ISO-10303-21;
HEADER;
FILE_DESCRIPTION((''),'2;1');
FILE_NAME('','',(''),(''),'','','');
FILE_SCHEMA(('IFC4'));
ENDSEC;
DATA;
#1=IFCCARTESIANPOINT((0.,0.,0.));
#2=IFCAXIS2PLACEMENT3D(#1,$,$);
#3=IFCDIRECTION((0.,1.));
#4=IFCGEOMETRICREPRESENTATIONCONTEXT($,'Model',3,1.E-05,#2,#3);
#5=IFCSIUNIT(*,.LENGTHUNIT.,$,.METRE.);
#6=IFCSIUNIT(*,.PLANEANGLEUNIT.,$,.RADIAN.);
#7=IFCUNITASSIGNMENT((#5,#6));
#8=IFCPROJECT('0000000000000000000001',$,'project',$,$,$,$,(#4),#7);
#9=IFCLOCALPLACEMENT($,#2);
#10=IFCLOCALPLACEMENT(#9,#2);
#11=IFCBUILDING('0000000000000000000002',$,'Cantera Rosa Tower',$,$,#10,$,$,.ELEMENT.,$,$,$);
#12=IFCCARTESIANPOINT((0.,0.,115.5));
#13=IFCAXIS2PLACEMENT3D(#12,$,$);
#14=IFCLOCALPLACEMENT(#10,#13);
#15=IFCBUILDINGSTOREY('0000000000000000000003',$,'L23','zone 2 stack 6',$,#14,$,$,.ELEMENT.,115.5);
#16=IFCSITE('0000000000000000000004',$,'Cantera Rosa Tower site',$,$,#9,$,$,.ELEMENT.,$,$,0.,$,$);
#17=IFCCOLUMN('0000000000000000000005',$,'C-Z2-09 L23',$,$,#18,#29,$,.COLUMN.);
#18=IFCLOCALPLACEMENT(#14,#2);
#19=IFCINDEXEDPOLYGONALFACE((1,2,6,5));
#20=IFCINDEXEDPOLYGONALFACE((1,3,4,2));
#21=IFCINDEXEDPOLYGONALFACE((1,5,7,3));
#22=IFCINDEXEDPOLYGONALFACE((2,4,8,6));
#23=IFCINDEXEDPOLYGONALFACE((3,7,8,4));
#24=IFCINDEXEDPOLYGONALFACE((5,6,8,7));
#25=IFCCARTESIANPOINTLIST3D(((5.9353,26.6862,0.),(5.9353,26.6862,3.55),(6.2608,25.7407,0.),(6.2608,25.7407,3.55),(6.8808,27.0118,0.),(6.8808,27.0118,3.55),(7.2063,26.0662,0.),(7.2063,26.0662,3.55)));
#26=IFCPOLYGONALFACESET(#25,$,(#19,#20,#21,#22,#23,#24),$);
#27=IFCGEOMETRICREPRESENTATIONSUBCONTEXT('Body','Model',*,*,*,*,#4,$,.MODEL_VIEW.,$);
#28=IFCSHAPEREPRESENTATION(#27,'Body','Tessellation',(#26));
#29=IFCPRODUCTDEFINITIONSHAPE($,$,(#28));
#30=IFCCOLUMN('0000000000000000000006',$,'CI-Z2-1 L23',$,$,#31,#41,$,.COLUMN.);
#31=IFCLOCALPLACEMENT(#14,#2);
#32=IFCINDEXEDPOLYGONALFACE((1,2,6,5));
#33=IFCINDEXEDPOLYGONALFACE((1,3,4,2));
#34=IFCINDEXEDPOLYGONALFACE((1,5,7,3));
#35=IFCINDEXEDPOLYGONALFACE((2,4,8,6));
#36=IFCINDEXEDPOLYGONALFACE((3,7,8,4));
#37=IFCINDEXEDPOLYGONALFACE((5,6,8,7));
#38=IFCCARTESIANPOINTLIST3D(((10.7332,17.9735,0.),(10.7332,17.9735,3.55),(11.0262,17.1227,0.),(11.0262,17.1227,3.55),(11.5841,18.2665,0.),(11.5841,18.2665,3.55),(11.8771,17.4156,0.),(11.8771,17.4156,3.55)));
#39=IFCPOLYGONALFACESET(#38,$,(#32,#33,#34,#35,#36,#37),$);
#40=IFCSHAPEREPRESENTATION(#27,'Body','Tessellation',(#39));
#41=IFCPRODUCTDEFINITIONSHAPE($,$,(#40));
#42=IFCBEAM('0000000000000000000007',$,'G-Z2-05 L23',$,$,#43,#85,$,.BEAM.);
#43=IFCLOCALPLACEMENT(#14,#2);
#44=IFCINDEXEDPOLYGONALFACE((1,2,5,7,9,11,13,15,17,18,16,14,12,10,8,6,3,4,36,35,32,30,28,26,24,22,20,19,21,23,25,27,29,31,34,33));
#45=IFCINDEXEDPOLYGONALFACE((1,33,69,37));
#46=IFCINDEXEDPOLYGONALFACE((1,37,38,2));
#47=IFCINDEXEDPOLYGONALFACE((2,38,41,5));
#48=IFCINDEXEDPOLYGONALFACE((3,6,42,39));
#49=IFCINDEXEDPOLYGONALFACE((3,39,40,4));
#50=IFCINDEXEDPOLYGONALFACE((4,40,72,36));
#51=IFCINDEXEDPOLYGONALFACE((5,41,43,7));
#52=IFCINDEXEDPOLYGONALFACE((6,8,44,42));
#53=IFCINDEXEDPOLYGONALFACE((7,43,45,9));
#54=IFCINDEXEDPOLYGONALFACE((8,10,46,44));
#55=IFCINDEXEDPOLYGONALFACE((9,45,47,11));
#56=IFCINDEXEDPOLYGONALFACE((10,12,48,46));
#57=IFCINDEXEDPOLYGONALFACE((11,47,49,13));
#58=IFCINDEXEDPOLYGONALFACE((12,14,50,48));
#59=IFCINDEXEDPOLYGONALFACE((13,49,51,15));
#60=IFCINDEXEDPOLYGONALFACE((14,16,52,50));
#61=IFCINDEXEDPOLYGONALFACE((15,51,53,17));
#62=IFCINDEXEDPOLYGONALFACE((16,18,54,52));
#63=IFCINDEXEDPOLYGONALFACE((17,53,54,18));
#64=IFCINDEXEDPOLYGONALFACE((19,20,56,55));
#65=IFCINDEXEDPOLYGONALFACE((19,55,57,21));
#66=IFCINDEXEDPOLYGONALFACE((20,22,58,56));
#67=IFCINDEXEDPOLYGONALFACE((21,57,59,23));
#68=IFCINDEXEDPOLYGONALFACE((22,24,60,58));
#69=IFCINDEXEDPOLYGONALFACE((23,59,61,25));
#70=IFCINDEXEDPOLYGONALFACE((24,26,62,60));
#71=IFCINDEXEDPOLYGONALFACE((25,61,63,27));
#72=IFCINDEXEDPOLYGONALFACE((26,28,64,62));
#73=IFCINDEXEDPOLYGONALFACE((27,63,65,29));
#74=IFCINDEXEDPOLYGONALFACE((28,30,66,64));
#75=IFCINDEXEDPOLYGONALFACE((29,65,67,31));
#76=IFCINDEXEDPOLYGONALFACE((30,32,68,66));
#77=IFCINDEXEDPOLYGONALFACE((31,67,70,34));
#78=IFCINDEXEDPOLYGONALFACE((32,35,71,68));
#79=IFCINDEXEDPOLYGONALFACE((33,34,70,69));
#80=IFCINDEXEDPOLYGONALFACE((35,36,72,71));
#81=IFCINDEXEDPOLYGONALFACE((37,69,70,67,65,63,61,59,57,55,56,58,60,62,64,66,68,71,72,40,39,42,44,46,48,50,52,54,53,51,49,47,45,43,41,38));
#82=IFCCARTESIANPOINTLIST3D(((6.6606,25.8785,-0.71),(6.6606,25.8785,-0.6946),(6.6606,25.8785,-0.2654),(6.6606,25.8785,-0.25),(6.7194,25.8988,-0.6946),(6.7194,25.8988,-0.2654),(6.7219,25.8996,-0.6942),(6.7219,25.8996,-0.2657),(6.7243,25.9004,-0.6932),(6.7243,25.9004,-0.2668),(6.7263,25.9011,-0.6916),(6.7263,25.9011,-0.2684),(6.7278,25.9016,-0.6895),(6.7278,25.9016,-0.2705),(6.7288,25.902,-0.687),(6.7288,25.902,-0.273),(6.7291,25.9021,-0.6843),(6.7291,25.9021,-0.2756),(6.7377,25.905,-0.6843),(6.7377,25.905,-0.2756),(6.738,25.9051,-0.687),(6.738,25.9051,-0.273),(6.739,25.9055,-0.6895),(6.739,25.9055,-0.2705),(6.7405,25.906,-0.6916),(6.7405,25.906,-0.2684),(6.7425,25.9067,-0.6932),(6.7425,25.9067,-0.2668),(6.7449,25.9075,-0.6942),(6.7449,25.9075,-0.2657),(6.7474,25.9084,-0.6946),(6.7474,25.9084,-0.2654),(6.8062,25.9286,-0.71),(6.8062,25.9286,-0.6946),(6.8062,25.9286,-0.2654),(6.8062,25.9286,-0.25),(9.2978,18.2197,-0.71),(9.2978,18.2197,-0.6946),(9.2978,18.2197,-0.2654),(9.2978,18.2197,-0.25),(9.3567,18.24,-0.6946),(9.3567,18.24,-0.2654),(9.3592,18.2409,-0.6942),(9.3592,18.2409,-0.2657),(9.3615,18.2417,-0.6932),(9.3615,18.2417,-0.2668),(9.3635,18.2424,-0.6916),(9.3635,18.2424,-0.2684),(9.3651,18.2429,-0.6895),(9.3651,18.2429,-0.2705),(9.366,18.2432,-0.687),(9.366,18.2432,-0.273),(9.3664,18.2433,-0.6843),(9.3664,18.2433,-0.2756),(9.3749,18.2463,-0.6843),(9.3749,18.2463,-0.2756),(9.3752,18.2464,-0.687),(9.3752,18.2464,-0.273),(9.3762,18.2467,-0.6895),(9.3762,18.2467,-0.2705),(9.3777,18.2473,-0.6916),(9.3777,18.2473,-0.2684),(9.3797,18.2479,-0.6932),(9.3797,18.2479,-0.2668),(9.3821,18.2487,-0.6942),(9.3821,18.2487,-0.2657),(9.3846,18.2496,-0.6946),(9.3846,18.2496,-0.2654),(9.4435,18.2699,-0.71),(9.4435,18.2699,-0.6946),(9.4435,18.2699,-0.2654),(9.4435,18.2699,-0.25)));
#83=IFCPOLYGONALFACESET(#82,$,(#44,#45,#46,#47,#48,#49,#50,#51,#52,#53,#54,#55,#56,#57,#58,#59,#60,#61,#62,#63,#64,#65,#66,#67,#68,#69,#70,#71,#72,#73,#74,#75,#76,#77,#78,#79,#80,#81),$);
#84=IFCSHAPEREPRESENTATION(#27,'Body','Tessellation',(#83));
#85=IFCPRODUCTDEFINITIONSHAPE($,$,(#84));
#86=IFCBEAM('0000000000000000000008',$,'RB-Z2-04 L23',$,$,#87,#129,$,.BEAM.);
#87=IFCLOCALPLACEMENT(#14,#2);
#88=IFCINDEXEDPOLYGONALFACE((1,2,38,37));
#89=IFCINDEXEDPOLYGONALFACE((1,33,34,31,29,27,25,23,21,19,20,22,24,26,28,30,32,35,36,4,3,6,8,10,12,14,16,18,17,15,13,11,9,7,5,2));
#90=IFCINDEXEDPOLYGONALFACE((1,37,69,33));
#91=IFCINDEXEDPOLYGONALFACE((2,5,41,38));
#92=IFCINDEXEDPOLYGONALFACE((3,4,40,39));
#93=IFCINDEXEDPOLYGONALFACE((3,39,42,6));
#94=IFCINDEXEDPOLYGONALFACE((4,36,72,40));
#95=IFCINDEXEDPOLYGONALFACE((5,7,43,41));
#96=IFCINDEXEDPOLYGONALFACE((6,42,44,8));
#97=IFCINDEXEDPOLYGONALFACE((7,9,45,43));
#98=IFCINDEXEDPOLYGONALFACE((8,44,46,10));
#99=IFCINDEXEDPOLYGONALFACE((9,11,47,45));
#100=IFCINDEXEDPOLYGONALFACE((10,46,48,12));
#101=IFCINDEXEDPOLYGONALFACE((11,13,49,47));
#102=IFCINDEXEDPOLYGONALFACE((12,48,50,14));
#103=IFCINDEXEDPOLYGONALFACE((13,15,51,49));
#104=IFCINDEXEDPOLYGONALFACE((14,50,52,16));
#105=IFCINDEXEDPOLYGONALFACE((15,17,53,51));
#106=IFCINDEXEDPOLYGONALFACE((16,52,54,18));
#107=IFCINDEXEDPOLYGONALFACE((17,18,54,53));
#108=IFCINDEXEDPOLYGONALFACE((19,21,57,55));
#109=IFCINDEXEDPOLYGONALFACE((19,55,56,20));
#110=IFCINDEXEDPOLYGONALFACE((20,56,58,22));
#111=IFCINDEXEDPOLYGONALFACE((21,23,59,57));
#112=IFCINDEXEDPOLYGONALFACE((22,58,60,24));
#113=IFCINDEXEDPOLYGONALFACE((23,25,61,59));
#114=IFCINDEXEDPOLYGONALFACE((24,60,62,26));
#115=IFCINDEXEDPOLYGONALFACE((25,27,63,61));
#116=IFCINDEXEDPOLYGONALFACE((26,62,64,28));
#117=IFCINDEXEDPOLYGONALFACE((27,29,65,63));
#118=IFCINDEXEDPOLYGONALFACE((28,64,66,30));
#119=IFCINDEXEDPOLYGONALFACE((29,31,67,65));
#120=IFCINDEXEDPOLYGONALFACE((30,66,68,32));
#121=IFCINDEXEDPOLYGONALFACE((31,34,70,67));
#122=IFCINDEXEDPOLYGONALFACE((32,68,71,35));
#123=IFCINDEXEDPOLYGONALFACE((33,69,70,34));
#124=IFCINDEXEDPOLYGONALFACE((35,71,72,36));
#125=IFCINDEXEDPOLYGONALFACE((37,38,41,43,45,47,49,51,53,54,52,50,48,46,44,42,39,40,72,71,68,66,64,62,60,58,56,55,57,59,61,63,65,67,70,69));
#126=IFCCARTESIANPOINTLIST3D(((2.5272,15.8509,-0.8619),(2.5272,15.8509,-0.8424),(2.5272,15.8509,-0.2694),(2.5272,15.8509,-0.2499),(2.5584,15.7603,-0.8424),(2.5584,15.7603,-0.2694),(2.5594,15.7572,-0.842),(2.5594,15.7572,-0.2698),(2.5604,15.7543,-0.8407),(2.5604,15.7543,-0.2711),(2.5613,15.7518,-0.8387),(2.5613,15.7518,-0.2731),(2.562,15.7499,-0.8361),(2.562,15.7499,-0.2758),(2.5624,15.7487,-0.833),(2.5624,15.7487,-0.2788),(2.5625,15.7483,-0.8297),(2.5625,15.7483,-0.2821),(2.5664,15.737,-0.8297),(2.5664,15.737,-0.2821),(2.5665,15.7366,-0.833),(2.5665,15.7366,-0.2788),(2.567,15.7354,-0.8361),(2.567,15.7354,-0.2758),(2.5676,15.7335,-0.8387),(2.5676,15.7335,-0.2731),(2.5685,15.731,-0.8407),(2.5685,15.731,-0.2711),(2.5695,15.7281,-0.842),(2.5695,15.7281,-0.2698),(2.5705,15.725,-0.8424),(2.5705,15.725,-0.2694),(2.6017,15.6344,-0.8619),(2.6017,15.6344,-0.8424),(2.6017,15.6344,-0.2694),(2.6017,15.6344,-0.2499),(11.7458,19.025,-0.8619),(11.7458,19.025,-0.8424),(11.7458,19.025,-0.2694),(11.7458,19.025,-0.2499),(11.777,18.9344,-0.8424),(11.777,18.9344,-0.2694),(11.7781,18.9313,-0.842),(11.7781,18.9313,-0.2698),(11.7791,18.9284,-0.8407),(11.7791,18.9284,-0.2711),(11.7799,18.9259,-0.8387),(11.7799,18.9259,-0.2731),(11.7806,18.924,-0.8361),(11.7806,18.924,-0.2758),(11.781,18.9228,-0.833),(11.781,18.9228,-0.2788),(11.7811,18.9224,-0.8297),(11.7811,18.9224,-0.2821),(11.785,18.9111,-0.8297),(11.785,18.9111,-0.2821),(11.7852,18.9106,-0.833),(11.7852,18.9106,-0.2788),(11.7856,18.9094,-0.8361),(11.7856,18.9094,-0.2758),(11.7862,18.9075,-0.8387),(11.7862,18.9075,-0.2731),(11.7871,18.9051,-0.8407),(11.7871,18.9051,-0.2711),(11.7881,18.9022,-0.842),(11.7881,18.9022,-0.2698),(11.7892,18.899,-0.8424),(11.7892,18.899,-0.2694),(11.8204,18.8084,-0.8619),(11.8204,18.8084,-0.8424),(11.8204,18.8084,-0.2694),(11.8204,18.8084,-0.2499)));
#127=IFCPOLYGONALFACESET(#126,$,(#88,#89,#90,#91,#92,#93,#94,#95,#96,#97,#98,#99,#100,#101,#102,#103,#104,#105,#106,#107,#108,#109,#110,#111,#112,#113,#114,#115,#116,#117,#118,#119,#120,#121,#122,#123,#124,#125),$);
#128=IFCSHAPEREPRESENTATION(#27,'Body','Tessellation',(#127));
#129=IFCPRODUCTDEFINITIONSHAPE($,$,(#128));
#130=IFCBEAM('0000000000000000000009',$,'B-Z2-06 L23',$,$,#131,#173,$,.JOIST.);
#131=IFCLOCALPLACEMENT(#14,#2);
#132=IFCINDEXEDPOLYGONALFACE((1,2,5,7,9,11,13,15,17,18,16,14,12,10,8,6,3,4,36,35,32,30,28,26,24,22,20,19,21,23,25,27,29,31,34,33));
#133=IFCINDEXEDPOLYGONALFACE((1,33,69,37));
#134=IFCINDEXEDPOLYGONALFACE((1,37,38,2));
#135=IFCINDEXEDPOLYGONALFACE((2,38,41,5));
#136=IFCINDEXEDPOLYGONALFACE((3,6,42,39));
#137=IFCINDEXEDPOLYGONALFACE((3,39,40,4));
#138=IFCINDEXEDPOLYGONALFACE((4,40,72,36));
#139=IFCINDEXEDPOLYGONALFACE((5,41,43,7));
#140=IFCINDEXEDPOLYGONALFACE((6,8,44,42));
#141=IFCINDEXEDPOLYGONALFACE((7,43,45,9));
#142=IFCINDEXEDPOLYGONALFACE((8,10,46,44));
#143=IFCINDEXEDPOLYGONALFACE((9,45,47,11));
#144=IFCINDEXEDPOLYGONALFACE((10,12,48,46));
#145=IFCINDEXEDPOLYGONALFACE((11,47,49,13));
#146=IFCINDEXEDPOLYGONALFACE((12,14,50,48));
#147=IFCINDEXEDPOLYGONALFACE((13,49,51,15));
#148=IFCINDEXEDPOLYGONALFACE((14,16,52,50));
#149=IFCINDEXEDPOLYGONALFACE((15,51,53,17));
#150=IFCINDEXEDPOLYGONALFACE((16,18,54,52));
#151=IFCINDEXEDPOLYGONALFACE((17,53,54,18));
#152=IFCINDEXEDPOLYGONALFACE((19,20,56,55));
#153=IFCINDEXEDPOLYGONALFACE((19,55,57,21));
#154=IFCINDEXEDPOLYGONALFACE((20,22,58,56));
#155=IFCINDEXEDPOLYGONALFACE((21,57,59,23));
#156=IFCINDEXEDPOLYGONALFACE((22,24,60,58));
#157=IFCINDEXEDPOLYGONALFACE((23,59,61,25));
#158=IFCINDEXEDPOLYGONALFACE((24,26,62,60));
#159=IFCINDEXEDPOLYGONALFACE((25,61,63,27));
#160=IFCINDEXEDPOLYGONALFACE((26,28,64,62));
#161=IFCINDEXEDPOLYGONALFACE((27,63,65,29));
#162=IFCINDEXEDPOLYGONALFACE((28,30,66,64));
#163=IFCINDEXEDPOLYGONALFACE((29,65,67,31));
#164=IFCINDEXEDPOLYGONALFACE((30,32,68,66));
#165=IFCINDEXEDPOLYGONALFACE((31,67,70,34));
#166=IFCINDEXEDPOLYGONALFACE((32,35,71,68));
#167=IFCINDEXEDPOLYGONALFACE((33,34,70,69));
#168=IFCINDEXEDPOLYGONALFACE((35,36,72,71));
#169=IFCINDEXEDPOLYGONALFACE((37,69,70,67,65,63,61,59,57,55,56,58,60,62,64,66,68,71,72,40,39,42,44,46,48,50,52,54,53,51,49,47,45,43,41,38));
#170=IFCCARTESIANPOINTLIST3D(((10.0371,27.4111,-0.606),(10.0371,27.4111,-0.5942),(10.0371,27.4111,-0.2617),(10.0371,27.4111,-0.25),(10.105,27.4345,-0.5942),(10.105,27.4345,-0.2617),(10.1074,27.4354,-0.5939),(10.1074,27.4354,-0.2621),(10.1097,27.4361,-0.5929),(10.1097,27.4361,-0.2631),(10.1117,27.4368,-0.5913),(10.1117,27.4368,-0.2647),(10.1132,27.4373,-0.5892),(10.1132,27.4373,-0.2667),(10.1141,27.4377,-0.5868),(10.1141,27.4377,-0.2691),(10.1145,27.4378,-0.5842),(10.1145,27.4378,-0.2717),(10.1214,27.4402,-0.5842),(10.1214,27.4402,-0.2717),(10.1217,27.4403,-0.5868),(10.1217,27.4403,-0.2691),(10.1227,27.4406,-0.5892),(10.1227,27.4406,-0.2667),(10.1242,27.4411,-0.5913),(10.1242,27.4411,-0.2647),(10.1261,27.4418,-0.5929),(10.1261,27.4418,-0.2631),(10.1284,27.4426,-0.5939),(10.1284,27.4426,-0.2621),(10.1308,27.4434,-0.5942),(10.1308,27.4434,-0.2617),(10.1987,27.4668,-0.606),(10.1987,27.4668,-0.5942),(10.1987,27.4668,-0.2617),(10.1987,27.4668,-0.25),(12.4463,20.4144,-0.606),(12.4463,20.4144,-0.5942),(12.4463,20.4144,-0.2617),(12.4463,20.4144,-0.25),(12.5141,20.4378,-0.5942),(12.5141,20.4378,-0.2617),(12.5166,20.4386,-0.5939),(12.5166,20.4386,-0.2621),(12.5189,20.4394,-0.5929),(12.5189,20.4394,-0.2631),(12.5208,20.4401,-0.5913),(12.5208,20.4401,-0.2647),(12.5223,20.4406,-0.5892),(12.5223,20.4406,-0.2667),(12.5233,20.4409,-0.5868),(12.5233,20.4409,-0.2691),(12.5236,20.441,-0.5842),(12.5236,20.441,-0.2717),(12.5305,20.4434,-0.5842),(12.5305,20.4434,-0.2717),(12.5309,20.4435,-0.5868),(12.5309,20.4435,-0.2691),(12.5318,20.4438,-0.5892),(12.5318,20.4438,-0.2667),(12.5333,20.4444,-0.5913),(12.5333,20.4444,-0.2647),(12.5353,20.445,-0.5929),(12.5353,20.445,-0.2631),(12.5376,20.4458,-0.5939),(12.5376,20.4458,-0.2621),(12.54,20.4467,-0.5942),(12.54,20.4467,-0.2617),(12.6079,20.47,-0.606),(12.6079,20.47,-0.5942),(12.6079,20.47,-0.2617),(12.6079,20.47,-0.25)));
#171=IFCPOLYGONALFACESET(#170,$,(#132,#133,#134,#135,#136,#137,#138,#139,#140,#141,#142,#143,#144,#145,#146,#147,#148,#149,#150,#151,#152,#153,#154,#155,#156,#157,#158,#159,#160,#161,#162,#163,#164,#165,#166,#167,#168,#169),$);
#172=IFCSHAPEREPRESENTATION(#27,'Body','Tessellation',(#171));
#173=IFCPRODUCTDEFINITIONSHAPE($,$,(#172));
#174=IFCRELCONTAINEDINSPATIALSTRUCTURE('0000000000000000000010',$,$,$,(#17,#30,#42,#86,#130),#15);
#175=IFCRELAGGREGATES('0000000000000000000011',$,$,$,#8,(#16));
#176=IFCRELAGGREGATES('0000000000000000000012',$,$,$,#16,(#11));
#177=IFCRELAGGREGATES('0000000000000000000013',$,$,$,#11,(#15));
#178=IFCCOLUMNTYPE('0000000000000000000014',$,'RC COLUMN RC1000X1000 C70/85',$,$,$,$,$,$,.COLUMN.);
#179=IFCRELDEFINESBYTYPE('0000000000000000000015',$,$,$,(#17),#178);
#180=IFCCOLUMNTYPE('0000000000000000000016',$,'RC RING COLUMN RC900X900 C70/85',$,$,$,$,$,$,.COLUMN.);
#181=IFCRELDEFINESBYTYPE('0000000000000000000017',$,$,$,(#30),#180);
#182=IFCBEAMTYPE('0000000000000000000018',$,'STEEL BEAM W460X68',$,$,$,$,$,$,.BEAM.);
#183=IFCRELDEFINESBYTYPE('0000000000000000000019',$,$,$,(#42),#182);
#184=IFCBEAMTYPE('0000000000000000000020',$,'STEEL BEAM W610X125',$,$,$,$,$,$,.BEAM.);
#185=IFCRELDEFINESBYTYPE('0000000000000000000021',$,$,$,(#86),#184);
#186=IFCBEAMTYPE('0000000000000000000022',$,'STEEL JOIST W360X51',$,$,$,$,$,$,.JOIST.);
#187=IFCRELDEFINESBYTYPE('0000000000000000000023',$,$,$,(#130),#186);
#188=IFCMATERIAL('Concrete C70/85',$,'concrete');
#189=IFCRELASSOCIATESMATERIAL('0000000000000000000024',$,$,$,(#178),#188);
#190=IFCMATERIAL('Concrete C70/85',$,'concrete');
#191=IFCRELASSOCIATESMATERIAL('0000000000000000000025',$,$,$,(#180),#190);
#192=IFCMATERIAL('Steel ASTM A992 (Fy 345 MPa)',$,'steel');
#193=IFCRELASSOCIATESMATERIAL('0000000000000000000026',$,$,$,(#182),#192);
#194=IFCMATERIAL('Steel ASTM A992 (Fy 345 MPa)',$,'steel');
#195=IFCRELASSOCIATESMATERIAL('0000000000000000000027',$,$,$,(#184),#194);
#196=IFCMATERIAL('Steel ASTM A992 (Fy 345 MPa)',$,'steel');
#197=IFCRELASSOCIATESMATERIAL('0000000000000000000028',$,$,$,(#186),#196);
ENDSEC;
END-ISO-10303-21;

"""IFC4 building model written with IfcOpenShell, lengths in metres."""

from ifc_helpers import new_model, si_unit, direction, frame, origin, origin_2d, place, context, subcontext, project, spatial, rectangle, i_section, extrude, material, material_profile, profile_set, type_object, element, save


model = new_model("IFC4")

# Units and contexts
model_context = context("Model", 3, precision=1e-05, world=origin(), true_north=direction((0.0, 1.0)))
body_context = subcontext(model_context, "Body", "Model", "MODEL_VIEW")
ifc_project = project(units=[si_unit("LENGTHUNIT", "METRE"), si_unit("PLANEANGLEUNIT", "RADIAN")], contexts=[model_context])

# Site, building, storey
site_placement = place(None, origin())
site = spatial("IfcSite", under=ifc_project, at=site_placement, Name="Cantera Rosa Tower site", CompositionType="ELEMENT", RefElevation=0.0)
building_placement = place(site_placement, origin())
building = spatial("IfcBuilding", under=site, at=building_placement, Name="Cantera Rosa Tower", CompositionType="ELEMENT")
storey_placement = place(building_placement, frame((0.0, 0.0, 115.5)))
storey = spatial("IfcBuildingStorey", under=building, at=storey_placement, Name="L23", Description="zone 2 stack 6", CompositionType="ELEMENT", Elevation=115.5)

# Columns
ifc_material_1 = material(Name="Concrete C70/85", Category="concrete")
ifc_material_profile_1 = material_profile(ifc_material_1, rectangle(XDim=1.0, YDim=1.0, at=origin_2d()), Name="RC COLUMN RC1000X1000 C70/85")
ifc_profile_set_1 = profile_set([ifc_material_profile_1], Name="Concrete C70/85")
column_type_1 = type_object("IfcColumnType", Name="RC COLUMN RC1000X1000 C70/85", PredefinedType="COLUMN", material=ifc_profile_set_1)
column_1_placement = place(storey_placement, frame((6.5708, 26.3762, 0.0), z_axis=(0.0, 0.0, 1.0), x_axis=(0.945519, 0.325568, 0.0)))
element("IfcColumn", 1, at=column_1_placement, inside=storey, type_object=column_type_1, Name="C-Z2-09 L23", PredefinedType="COLUMN", context=body_context, shape_type="SweptSolid", body=[
    extrude(rectangle(XDim=1.0, YDim=1.0, at=origin_2d()), origin(), (0.0, 0.0, 1.0), 3.55),
])
ifc_material_2 = material(Name="Concrete C70/85", Category="concrete")
ifc_material_profile_2 = material_profile(ifc_material_2, rectangle(XDim=0.8999, YDim=0.8999, at=origin_2d()), Name="RC RING COLUMN RC900X900 C70/85")
ifc_profile_set_2 = profile_set([ifc_material_profile_2], Name="Concrete C70/85")
column_type_2 = type_object("IfcColumnType", Name="RC RING COLUMN RC900X900 C70/85", PredefinedType="COLUMN", material=ifc_profile_set_2)
column_2_placement = place(storey_placement, frame((11.3052, 17.6946, 0.0), z_axis=(0.0, 0.0, 1.0), x_axis=(0.945519, 0.325568, 0.0)))
element("IfcColumn", 2, at=column_2_placement, inside=storey, type_object=column_type_2, Name="CI-Z2-1 L23", PredefinedType="COLUMN", context=body_context, shape_type="SweptSolid", body=[
    extrude(rectangle(XDim=0.8999, YDim=0.8999, at=origin_2d()), origin(), (0.0, 0.0, 1.0), 3.55),
])

# Beams
ifc_material_3 = material(Name="Steel ASTM A992 (Fy 345 MPa)", Category="steel")
ifc_material_profile_3 = material_profile(ifc_material_3, i_section(OverallWidth=0.1541, OverallDepth=0.46, WebThickness=0.009, FlangeThickness=0.0154, FilletRadius=0.0103, at=origin_2d()), Name="W460X68")
ifc_profile_set_3 = profile_set([ifc_material_profile_3], Name="Steel ASTM A992 (Fy 345 MPa)")
beam_type_1 = type_object("IfcBeamType", Name="STEEL BEAM W460X68", PredefinedType="BEAM", material=ifc_profile_set_3)
beam_1_placement = place(storey_placement, frame((6.7334, 25.9036, -0.48), z_axis=(0.32558, -0.945514, 0.0), x_axis=(0.945514, 0.32558, 0.0)))
element("IfcBeam", 3, at=beam_1_placement, inside=storey, type_object=beam_type_1, Name="G-Z2-05 L23", PredefinedType="BEAM", context=body_context, shape_type="SweptSolid", body=[
    extrude(i_section(OverallWidth=0.1541, OverallDepth=0.46, WebThickness=0.009, FlangeThickness=0.0154, FilletRadius=0.0103, at=origin_2d()), origin(), (0.0, 0.0, 1.0), 8.1001),
])
ifc_material_4 = material(Name="Steel ASTM A992 (Fy 345 MPa)", Category="steel")
ifc_material_profile_4 = material_profile(ifc_material_4, i_section(OverallWidth=0.229, OverallDepth=0.6121, WebThickness=0.012, FlangeThickness=0.0195, FilletRadius=0.0127, at=origin_2d()), Name="W610X125")
ifc_profile_set_4 = profile_set([ifc_material_profile_4], Name="Steel ASTM A992 (Fy 345 MPa)")
beam_type_2 = type_object("IfcBeamType", Name="STEEL BEAM W610X125", PredefinedType="BEAM", material=ifc_profile_set_4)
beam_2_placement = place(storey_placement, frame((2.5645, 15.7427, -0.5559), z_axis=(0.945525, 0.32555, 0.0), x_axis=(-0.32555, 0.945525, 0.0)))
element("IfcBeam", 4, at=beam_2_placement, inside=storey, type_object=beam_type_2, Name="RB-Z2-04 L23", PredefinedType="BEAM", context=body_context, shape_type="SweptSolid", body=[
    extrude(i_section(OverallWidth=0.229, OverallDepth=0.6121, WebThickness=0.012, FlangeThickness=0.0195, FilletRadius=0.0127, at=origin_2d()), origin(), (0.0, 0.0, 1.0), 9.7498),
])
ifc_material_5 = material(Name="Steel ASTM A992 (Fy 345 MPa)", Category="steel")
ifc_material_profile_5 = material_profile(ifc_material_5, i_section(OverallWidth=0.1709, OverallDepth=0.356, WebThickness=0.0073, FlangeThickness=0.0117, FilletRadius=0.01, at=origin_2d()), Name="W360X51")
ifc_profile_set_5 = profile_set([ifc_material_profile_5], Name="Steel ASTM A992 (Fy 345 MPa)")
beam_type_3 = type_object("IfcBeamType", Name="STEEL JOIST W360X51", PredefinedType="JOIST", material=ifc_profile_set_5)
beam_3_placement = place(storey_placement, frame((10.1179, 27.439, -0.428), z_axis=(0.325566, -0.945519, 0.0), x_axis=(0.945519, 0.325566, 0.0)))
element("IfcBeam", 5, at=beam_3_placement, inside=storey, type_object=beam_type_3, Name="B-Z2-06 L23", PredefinedType="JOIST", context=body_context, shape_type="SweptSolid", body=[
    extrude(i_section(OverallWidth=0.1709, OverallDepth=0.356, WebThickness=0.0073, FlangeThickness=0.0117, FilletRadius=0.01, at=origin_2d()), origin(), (0.0, 0.0, 1.0), 7.3999),
])

save(model, "model.ifc")
